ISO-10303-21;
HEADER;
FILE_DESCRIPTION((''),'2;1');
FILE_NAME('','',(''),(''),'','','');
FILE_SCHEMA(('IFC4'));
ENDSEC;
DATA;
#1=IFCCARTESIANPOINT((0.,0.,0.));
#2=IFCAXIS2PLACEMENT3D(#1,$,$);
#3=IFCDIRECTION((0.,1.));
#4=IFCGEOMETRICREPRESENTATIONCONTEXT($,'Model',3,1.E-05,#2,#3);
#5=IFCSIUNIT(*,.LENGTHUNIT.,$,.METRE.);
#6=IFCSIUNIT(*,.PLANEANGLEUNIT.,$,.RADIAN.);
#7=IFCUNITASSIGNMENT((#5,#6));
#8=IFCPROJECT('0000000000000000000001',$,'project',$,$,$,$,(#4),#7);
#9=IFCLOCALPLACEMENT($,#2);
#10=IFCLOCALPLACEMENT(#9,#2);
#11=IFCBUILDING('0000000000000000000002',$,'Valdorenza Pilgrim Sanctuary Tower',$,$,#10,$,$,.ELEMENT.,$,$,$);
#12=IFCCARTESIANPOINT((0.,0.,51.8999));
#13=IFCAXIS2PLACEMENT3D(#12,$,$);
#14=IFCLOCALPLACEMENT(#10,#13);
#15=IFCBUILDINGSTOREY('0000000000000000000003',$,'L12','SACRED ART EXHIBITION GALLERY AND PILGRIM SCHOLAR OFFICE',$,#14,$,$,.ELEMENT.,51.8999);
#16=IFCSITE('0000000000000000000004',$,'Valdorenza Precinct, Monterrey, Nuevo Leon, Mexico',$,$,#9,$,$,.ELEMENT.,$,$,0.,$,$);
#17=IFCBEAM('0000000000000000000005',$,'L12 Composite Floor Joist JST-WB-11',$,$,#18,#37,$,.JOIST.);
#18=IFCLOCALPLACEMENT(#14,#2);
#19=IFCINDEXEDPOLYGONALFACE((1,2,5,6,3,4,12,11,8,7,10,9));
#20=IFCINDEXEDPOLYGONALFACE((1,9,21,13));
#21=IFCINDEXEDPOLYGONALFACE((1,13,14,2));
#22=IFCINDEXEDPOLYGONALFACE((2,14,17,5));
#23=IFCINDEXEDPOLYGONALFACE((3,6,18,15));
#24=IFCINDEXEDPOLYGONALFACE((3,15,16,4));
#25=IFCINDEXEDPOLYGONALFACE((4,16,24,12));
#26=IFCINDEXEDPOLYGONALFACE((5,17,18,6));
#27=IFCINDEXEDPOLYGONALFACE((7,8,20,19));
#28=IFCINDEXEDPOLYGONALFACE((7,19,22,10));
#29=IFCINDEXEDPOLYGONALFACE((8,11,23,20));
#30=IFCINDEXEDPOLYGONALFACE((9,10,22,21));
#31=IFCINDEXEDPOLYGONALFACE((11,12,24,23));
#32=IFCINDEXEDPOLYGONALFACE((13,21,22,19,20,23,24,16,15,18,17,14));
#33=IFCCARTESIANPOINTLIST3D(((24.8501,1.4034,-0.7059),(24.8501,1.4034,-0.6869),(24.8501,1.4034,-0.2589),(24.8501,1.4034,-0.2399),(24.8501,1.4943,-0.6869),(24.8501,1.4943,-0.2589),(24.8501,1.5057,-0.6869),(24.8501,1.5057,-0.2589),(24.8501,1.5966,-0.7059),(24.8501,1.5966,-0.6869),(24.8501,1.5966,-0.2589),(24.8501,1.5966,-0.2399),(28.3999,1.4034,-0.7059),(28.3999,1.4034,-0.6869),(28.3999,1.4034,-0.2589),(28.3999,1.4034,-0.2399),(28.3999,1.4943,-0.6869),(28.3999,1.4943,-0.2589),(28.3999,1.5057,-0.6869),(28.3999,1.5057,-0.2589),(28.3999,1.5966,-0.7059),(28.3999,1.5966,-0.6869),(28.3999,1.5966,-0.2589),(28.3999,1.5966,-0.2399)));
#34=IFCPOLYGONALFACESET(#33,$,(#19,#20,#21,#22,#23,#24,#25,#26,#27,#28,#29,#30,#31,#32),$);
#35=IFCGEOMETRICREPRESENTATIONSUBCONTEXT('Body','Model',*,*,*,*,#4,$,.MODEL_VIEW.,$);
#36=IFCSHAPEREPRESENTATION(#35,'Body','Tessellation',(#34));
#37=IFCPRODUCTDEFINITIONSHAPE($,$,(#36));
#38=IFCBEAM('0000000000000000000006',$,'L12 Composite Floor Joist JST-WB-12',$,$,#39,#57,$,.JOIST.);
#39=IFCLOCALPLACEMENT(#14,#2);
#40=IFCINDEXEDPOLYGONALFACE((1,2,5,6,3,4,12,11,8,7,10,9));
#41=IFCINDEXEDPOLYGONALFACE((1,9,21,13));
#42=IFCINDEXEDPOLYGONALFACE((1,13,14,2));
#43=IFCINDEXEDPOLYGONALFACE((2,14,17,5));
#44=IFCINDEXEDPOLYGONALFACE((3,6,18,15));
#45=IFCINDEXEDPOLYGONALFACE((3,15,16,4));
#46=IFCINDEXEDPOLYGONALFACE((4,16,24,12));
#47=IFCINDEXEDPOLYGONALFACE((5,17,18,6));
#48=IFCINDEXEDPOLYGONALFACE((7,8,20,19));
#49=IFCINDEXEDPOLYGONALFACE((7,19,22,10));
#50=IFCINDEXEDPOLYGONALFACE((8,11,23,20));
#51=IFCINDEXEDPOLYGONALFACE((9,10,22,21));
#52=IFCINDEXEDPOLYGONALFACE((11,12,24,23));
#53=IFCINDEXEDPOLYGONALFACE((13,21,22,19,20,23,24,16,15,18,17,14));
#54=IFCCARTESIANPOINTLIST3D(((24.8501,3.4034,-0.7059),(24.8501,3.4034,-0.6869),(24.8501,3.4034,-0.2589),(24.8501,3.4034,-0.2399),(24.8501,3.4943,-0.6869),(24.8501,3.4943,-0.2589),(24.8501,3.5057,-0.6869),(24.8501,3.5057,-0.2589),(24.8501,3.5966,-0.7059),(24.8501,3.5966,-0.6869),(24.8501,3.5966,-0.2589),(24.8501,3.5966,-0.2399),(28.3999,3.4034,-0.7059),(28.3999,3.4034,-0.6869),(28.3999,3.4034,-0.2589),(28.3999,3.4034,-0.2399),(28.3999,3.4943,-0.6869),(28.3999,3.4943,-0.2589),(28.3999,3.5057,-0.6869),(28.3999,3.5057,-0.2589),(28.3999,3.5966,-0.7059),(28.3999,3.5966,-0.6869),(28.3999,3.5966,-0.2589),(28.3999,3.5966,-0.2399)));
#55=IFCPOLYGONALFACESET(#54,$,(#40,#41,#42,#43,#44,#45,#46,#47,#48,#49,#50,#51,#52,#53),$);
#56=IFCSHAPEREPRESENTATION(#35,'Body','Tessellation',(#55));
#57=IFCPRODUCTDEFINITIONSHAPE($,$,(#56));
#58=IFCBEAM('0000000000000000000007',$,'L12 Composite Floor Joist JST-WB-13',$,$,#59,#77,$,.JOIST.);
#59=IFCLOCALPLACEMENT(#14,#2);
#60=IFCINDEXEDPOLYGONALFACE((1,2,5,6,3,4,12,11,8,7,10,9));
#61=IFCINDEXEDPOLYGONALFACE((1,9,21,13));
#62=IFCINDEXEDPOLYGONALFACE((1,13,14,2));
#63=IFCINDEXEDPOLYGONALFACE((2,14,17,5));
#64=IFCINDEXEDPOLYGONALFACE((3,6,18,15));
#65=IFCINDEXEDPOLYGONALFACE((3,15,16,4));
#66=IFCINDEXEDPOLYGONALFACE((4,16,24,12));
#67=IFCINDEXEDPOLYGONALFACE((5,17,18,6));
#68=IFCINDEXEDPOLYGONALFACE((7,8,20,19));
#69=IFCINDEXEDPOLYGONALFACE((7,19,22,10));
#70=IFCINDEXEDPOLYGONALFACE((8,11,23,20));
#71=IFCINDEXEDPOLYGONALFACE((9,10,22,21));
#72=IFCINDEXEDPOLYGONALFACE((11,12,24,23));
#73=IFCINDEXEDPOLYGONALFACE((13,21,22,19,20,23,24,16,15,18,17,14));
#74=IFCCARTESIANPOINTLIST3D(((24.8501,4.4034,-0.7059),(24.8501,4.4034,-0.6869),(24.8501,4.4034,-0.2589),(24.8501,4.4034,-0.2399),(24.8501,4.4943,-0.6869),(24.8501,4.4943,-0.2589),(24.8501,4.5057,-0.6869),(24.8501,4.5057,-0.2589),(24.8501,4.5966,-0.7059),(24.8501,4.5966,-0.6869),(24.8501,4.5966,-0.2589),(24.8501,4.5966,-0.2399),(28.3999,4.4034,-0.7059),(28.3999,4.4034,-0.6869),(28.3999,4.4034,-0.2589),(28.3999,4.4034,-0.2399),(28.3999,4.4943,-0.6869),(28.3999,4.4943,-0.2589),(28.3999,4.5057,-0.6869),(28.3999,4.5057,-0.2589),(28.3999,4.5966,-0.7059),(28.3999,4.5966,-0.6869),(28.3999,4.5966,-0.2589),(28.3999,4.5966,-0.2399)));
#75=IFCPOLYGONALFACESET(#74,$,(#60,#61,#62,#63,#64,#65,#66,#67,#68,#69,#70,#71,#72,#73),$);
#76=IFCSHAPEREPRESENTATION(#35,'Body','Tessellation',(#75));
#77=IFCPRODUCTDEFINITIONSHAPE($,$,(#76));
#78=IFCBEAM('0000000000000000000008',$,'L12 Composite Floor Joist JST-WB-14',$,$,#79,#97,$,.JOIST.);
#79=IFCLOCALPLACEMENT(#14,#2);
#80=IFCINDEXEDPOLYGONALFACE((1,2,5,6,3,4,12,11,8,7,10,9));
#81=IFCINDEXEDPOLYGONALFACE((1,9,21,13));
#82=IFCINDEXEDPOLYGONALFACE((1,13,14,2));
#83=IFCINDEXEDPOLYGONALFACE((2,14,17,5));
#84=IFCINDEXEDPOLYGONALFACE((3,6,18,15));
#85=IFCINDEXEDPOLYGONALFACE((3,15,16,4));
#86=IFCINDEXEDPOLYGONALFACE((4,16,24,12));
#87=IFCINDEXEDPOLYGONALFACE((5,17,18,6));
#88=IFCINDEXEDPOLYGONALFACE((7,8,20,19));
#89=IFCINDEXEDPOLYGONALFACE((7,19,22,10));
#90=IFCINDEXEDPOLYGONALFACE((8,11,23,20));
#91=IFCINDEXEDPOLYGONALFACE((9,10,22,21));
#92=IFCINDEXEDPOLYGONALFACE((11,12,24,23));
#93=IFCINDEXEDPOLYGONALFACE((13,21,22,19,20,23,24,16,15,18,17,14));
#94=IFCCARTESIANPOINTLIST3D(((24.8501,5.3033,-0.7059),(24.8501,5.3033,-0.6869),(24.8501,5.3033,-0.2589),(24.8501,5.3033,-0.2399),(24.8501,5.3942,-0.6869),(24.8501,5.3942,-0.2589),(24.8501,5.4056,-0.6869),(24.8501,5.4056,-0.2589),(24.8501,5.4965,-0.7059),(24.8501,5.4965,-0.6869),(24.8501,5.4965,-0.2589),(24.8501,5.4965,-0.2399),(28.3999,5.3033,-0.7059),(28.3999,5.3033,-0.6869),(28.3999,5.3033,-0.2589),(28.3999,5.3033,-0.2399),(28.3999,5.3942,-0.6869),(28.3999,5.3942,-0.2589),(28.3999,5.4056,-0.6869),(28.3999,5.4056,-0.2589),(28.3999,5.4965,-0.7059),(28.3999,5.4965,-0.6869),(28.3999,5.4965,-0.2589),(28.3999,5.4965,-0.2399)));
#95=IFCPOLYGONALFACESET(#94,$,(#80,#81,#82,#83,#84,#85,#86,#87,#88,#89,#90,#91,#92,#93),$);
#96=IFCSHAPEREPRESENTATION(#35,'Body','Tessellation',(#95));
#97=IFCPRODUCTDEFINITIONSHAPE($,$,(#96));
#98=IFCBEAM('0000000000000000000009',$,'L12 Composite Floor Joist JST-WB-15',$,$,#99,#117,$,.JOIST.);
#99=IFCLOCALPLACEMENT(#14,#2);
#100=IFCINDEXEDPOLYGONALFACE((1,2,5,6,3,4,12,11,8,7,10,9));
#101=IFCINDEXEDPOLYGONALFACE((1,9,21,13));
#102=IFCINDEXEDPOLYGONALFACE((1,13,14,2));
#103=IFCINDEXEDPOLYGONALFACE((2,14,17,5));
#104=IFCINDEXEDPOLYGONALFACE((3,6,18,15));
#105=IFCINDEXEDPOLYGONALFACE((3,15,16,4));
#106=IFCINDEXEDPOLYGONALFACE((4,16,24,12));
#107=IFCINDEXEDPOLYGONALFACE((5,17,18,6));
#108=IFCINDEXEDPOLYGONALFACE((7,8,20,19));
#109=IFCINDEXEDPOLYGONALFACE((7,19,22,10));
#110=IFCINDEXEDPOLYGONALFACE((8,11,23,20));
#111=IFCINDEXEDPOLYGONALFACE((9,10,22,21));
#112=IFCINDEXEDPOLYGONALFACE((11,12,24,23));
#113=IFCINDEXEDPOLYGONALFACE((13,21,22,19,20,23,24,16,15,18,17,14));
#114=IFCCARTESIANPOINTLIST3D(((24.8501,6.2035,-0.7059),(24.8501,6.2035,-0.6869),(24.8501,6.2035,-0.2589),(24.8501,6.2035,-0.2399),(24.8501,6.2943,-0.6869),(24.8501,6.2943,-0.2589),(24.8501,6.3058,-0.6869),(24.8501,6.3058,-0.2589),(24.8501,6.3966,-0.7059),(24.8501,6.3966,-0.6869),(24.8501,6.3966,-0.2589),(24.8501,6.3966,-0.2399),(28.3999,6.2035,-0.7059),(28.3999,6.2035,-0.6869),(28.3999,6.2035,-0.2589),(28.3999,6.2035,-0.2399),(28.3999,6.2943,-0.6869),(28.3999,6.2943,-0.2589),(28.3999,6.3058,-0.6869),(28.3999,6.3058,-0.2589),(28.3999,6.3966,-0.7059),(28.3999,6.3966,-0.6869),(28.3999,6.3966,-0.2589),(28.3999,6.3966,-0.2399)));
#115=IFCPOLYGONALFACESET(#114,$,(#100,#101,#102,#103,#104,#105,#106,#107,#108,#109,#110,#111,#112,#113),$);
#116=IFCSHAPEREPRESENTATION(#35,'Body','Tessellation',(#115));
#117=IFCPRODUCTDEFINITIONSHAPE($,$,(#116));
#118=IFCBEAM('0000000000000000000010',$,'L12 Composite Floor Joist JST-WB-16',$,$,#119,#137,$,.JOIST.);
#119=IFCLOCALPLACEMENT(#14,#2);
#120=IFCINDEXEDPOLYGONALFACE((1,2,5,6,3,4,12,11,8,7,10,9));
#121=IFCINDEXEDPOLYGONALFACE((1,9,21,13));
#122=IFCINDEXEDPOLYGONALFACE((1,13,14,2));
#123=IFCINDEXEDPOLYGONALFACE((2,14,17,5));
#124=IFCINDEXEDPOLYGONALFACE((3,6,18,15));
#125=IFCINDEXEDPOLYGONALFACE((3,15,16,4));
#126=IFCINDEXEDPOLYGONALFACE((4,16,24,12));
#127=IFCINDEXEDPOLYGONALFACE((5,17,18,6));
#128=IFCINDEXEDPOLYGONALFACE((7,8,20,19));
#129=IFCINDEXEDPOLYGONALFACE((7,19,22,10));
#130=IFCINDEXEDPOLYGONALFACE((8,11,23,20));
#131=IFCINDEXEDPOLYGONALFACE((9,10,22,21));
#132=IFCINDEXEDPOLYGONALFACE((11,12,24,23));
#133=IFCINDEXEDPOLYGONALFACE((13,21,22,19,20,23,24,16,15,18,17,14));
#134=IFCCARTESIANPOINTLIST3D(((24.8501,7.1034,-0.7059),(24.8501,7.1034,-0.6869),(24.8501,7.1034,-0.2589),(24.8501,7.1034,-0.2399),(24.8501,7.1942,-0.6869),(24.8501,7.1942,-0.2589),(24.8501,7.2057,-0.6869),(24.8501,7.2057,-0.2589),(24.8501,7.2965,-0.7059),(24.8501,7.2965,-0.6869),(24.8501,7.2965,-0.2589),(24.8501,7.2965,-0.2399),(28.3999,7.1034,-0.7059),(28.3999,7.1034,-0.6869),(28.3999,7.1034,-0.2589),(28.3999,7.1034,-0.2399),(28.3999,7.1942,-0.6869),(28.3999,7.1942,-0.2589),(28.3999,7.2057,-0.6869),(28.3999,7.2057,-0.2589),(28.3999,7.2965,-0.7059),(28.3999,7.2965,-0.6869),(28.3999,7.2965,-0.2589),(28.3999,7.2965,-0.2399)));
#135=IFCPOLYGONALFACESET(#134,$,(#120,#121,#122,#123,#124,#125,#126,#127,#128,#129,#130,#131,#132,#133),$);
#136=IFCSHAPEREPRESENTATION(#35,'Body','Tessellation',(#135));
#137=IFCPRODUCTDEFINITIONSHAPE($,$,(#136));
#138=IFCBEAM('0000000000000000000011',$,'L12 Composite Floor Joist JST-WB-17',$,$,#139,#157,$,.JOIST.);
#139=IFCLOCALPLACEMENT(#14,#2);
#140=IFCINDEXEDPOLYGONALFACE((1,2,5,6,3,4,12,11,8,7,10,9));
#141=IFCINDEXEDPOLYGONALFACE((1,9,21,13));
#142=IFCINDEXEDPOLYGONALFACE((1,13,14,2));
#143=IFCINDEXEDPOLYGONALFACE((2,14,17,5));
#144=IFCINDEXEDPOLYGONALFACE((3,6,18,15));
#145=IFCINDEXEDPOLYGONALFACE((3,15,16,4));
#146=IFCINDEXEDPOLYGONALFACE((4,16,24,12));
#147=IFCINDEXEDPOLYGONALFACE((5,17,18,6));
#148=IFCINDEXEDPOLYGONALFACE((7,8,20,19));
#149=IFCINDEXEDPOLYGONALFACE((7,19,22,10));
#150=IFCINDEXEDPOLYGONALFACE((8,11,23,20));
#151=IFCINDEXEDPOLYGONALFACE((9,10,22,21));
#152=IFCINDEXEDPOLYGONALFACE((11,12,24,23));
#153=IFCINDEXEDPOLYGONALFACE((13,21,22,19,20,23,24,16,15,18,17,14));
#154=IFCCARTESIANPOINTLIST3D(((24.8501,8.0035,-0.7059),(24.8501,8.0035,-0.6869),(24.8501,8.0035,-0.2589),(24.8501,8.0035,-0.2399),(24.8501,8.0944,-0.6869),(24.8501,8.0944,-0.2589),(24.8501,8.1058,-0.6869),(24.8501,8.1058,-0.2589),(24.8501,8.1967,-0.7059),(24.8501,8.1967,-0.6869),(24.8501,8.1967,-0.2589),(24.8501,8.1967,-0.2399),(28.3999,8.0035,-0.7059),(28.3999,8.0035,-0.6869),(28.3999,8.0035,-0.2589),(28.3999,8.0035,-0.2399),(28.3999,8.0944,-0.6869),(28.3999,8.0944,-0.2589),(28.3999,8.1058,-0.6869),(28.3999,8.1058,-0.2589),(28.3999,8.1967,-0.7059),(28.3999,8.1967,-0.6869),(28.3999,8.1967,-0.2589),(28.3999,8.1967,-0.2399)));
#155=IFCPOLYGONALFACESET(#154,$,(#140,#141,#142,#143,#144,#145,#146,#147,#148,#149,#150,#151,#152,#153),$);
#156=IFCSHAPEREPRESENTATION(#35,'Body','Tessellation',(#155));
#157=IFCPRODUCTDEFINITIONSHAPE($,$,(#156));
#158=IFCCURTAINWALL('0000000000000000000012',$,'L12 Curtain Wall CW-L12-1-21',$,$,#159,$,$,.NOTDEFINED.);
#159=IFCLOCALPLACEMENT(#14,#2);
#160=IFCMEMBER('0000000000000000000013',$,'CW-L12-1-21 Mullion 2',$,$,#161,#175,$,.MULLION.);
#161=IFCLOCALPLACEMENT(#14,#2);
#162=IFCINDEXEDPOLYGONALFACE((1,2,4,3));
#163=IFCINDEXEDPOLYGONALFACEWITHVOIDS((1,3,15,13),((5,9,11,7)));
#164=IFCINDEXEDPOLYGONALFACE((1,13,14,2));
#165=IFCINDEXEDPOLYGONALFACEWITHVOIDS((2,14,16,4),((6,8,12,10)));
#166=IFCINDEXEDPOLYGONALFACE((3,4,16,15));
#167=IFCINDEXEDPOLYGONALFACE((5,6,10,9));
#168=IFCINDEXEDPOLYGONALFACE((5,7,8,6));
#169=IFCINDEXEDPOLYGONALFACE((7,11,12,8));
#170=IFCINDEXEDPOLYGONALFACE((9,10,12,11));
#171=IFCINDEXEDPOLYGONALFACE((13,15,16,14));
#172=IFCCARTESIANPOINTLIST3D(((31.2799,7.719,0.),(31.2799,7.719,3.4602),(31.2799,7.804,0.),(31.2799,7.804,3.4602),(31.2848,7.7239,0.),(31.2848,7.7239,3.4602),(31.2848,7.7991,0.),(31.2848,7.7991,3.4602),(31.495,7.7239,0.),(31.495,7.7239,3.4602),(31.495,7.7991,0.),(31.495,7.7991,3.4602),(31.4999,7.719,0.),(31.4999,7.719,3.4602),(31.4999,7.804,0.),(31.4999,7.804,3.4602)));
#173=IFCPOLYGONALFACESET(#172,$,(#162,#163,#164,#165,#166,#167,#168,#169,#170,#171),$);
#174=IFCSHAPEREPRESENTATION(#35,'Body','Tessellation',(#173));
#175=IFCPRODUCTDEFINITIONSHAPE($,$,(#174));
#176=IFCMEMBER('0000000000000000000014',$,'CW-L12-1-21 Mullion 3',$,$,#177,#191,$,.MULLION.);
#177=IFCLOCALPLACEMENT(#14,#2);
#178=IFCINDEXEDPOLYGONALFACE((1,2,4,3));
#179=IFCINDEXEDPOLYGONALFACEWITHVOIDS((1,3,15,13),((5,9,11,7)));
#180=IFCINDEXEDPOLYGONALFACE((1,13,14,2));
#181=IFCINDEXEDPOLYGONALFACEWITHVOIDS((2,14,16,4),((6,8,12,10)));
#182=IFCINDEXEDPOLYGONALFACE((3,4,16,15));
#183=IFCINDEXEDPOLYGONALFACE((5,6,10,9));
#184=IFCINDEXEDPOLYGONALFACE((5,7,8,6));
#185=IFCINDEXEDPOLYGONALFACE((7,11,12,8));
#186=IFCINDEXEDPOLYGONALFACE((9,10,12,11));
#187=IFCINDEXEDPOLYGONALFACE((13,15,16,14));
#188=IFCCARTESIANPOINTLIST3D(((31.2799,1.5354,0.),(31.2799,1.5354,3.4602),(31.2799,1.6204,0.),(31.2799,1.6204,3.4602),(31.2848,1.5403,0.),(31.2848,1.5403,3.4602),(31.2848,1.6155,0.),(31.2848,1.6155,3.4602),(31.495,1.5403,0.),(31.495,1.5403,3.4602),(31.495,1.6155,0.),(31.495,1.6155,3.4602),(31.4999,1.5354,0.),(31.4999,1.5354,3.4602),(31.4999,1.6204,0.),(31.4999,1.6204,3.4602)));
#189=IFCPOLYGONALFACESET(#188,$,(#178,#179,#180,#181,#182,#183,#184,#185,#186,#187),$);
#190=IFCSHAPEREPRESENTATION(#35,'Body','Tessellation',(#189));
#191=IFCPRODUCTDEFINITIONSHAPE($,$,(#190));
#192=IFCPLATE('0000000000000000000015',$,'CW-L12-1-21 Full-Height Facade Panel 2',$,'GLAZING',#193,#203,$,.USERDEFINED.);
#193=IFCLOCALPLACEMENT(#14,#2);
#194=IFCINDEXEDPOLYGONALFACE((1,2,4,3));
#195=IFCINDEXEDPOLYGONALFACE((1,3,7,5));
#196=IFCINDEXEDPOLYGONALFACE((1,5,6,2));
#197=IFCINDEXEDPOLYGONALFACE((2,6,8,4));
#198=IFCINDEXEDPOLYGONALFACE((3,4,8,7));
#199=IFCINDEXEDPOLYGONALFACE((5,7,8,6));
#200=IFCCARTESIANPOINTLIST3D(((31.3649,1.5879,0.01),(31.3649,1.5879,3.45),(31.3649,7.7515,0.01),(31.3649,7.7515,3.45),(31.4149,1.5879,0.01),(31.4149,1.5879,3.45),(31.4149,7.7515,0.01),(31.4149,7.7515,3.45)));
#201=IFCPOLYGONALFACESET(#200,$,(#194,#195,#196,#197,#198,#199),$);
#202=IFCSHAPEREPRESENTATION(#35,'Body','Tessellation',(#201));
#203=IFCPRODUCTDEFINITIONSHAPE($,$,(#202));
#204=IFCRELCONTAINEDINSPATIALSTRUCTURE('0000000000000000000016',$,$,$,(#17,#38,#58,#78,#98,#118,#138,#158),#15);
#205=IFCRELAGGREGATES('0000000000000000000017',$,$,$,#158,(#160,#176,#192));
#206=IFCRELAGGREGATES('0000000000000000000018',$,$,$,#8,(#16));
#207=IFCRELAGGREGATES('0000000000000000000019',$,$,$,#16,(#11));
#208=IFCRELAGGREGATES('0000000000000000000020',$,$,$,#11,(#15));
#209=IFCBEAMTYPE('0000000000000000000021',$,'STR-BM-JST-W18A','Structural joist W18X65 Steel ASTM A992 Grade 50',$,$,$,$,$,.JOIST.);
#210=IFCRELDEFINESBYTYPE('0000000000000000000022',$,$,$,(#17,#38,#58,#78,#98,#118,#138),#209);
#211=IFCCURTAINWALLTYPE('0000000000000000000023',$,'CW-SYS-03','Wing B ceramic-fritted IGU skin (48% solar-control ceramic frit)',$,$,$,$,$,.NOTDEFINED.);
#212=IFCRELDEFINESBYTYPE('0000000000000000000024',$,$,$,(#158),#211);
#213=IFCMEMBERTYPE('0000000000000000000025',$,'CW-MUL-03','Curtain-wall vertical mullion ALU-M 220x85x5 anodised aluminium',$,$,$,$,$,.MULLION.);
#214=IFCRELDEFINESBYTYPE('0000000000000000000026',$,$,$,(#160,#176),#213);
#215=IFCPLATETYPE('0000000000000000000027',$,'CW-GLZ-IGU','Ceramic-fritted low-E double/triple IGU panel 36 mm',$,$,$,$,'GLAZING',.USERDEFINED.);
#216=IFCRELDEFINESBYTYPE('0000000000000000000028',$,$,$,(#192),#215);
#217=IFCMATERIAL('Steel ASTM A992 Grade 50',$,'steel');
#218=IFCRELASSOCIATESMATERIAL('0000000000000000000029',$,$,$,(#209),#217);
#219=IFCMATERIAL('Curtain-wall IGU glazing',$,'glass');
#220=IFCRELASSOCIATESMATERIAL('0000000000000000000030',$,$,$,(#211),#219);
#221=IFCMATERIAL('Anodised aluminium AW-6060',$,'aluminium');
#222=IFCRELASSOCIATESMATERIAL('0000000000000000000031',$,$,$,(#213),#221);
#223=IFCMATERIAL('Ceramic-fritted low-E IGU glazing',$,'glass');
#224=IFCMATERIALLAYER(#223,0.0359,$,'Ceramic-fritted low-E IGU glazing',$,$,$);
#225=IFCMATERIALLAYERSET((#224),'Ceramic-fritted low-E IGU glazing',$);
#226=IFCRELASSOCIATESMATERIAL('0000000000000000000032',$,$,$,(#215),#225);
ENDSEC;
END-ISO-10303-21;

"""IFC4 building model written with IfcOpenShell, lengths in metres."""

from ifc_helpers import new_model, si_unit, direction, frame, origin, origin_2d, place, context, subcontext, project, spatial, rectangle, hollow_rectangle, i_section, extrude, source, transform, mapped, material, layer, layer_set, material_profile, profile_set, type_object, element, aggregate, save


model = new_model("IFC4")

# Units and contexts
model_context = context("Model", 3, precision=1e-05, world=origin(), true_north=direction((0.0, 1.0)))
body_context = subcontext(model_context, "Body", "Model", "MODEL_VIEW")
ifc_project = project(units=[si_unit("LENGTHUNIT", "METRE"), si_unit("PLANEANGLEUNIT", "RADIAN")], contexts=[model_context])

# Site, building, storey
site_placement = place(None, origin())
site = spatial("IfcSite", under=ifc_project, at=site_placement, Name="Valdorenza Precinct, Monterrey, Nuevo Leon, Mexico", CompositionType="ELEMENT", RefElevation=0.0)
building_placement = place(site_placement, origin())
building = spatial("IfcBuilding", under=site, at=building_placement, Name="Valdorenza Pilgrim Sanctuary Tower", CompositionType="ELEMENT")
storey_placement = place(building_placement, frame((0.0, 0.0, 51.8999)))
storey = spatial("IfcBuildingStorey", under=building, at=storey_placement, Name="L12", Description="SACRED ART EXHIBITION GALLERY AND PILGRIM SCHOLAR OFFICE", CompositionType="ELEMENT", Elevation=51.8999)

# Beams
ifc_material_1 = material(Name="Steel ASTM A992 Grade 50", Category="steel")
ifc_material_profile_1 = material_profile(ifc_material_1, i_section(OverallWidth=0.1931, OverallDepth=0.4661, WebThickness=0.0115, FlangeThickness=0.019, at=origin_2d()), Name="W18X65")
ifc_profile_set_1 = profile_set([ifc_material_profile_1], Name="Steel ASTM A992 Grade 50")
beam_type = type_object("IfcBeamType", Name="STR-BM-JST-W18A", Description="Structural joist W18X65 Steel ASTM A992 Grade 50", PredefinedType="JOIST", material=ifc_profile_set_1)
shared_shape_1 = source(origin(), body_context, "Body", "SweptSolid", [
    extrude(i_section(OverallWidth=0.1931, OverallDepth=0.4661, WebThickness=0.0115, FlangeThickness=0.019, at=origin_2d()), origin(), (0.0, 0.0, 1.0), 3.5498),
])
for number, where, z_axis, x_axis, name in (
    (1, (24.8501, 1.5, -0.4729), (1.0, 0.0, 0.0), (0.0, 1.0, 0.0), "L12 Composite Floor Joist JST-WB-11"),
    (2, (24.8501, 3.5, -0.4729), (1.0, 0.0, 0.0), (0.0, 1.0, 0.0), "L12 Composite Floor Joist JST-WB-12"),
    (3, (24.8501, 4.5, -0.4729), (1.0, 0.0, 0.0), (0.0, 1.0, 0.0), "L12 Composite Floor Joist JST-WB-13"),
    (4, (24.8501, 5.3999, -0.4729), (1.0, 0.0, 0.0), (0.0, 1.0, 0.0), "L12 Composite Floor Joist JST-WB-14"),
    (5, (24.8501, 6.3, -0.4729), (1.0, 0.0, 0.0), (0.0, 1.0, 0.0), "L12 Composite Floor Joist JST-WB-15"),
    (6, (24.8501, 7.2, -0.4729), (1.0, 0.0, 0.0), (0.0, 1.0, 0.0), "L12 Composite Floor Joist JST-WB-16"),
    (7, (24.8501, 8.1001, -0.4729), (1.0, 0.0, 0.0), (0.0, 1.0, 0.0), "L12 Composite Floor Joist JST-WB-17"),
):
    element("IfcBeam", number, at=place(storey_placement, frame(where, z_axis=z_axis, x_axis=x_axis)), inside=storey, type_object=beam_type, Name=name, PredefinedType="JOIST", context=body_context, shape_type="MappedRepresentation", body=[
        mapped(shared_shape_1, transform((0.0, 0.0, 0.0), x_axis=(1.0, 0.0, 0.0), y_axis=(0.0, 1.0, 0.0), z_axis=(0.0, 0.0, 1.0), scale=1.0)),
    ])

# Curtain wall, members, plate
ifc_material_2 = material(Name="Curtain-wall IGU glazing", Category="glass")
curtain_wall_type = type_object("IfcCurtainWallType", Name="CW-SYS-03", Description="Wing B ceramic-fritted IGU skin (48% solar-control ceramic frit)", PredefinedType="NOTDEFINED", material=ifc_material_2)
curtain_wall_placement = place(storey_placement, origin())
curtain_wall = element("IfcCurtainWall", 8, at=curtain_wall_placement, inside=storey, type_object=curtain_wall_type, Name="L12 Curtain Wall CW-L12-1-21", PredefinedType="NOTDEFINED")
ifc_material_3 = material(Name="Anodised aluminium AW-6060", Category="aluminium")
ifc_material_profile_2 = material_profile(ifc_material_3, hollow_rectangle(XDim=0.085, YDim=0.22, WallThickness=0.0049, at=origin_2d()), Name="ALU-M 220x85x5")
ifc_profile_set_2 = profile_set([ifc_material_profile_2], Name="Anodised aluminium AW-6060")
member_type = type_object("IfcMemberType", Name="CW-MUL-03", Description="Curtain-wall vertical mullion ALU-M 220x85x5 anodised aluminium", PredefinedType="MULLION", material=ifc_profile_set_2)
shared_shape_2 = source(origin(), body_context, "Body", "SweptSolid", [
    extrude(hollow_rectangle(XDim=0.085, YDim=0.22, WallThickness=0.0049, at=origin_2d()), origin(), (0.0, 0.0, 1.0), 3.4602),
])
member_1_placement = place(storey_placement, frame((31.3899, 7.7615, 0.0), z_axis=(0.0, 0.0, 1.0), x_axis=(0.0, -1.0, 0.0)))
member_1 = element("IfcMember", 9, at=member_1_placement, type_object=member_type, Name="CW-L12-1-21 Mullion 2", PredefinedType="MULLION", context=body_context, shape_type="MappedRepresentation", body=[
    mapped(shared_shape_2, transform((0.0, 0.0, 0.0), x_axis=(1.0, 0.0, 0.0), y_axis=(0.0, 1.0, 0.0), z_axis=(0.0, 0.0, 1.0), scale=1.0)),
])
member_2_placement = place(storey_placement, frame((31.3899, 1.5779, 0.0), z_axis=(0.0, 0.0, 1.0), x_axis=(0.0, -1.0, 0.0)))
member_2 = element("IfcMember", 10, at=member_2_placement, type_object=member_type, Name="CW-L12-1-21 Mullion 3", PredefinedType="MULLION", context=body_context, shape_type="MappedRepresentation", body=[
    mapped(shared_shape_2, transform((0.0, 0.0, 0.0), x_axis=(1.0, 0.0, 0.0), y_axis=(0.0, 1.0, 0.0), z_axis=(0.0, 0.0, 1.0), scale=1.0)),
])
ifc_material_4 = material(Name="Ceramic-fritted low-E IGU glazing", Category="glass")
ifc_layer_1 = layer(ifc_material_4, 0.0359, Name="Ceramic-fritted low-E IGU glazing")
ifc_layer_set_1 = layer_set([ifc_layer_1], Name="Ceramic-fritted low-E IGU glazing")
plate_type = type_object("IfcPlateType", Name="CW-GLZ-IGU", Description="Ceramic-fritted low-E double/triple IGU panel 36 mm", ElementType="GLAZING", PredefinedType="USERDEFINED", material=ifc_layer_set_1)
shared_shape_3 = source(origin(), body_context, "Body", "SweptSolid", [
    extrude(rectangle(XDim=6.1636, YDim=0.05, at=origin_2d()), origin(), (0.0, 0.0, 1.0), 3.4399),
])
plate_placement = place(storey_placement, frame((31.3899, 4.6697, 0.01), z_axis=(0.0, 0.0, 1.0), x_axis=(0.0, -1.0, 0.0)))
plate = element("IfcPlate", 11, at=plate_placement, type_object=plate_type, Name="CW-L12-1-21 Full-Height Facade Panel 2", ObjectType="GLAZING", PredefinedType="USERDEFINED", context=body_context, shape_type="MappedRepresentation", body=[
    mapped(shared_shape_3, transform((0.0, 0.0, 0.0), x_axis=(1.0, 0.0, 0.0), y_axis=(0.0, 1.0, 0.0), z_axis=(0.0, 0.0, 1.0), scale=1.0)),
])
aggregate(curtain_wall, [member_1, member_2, plate])

save(model, "model.ifc")
